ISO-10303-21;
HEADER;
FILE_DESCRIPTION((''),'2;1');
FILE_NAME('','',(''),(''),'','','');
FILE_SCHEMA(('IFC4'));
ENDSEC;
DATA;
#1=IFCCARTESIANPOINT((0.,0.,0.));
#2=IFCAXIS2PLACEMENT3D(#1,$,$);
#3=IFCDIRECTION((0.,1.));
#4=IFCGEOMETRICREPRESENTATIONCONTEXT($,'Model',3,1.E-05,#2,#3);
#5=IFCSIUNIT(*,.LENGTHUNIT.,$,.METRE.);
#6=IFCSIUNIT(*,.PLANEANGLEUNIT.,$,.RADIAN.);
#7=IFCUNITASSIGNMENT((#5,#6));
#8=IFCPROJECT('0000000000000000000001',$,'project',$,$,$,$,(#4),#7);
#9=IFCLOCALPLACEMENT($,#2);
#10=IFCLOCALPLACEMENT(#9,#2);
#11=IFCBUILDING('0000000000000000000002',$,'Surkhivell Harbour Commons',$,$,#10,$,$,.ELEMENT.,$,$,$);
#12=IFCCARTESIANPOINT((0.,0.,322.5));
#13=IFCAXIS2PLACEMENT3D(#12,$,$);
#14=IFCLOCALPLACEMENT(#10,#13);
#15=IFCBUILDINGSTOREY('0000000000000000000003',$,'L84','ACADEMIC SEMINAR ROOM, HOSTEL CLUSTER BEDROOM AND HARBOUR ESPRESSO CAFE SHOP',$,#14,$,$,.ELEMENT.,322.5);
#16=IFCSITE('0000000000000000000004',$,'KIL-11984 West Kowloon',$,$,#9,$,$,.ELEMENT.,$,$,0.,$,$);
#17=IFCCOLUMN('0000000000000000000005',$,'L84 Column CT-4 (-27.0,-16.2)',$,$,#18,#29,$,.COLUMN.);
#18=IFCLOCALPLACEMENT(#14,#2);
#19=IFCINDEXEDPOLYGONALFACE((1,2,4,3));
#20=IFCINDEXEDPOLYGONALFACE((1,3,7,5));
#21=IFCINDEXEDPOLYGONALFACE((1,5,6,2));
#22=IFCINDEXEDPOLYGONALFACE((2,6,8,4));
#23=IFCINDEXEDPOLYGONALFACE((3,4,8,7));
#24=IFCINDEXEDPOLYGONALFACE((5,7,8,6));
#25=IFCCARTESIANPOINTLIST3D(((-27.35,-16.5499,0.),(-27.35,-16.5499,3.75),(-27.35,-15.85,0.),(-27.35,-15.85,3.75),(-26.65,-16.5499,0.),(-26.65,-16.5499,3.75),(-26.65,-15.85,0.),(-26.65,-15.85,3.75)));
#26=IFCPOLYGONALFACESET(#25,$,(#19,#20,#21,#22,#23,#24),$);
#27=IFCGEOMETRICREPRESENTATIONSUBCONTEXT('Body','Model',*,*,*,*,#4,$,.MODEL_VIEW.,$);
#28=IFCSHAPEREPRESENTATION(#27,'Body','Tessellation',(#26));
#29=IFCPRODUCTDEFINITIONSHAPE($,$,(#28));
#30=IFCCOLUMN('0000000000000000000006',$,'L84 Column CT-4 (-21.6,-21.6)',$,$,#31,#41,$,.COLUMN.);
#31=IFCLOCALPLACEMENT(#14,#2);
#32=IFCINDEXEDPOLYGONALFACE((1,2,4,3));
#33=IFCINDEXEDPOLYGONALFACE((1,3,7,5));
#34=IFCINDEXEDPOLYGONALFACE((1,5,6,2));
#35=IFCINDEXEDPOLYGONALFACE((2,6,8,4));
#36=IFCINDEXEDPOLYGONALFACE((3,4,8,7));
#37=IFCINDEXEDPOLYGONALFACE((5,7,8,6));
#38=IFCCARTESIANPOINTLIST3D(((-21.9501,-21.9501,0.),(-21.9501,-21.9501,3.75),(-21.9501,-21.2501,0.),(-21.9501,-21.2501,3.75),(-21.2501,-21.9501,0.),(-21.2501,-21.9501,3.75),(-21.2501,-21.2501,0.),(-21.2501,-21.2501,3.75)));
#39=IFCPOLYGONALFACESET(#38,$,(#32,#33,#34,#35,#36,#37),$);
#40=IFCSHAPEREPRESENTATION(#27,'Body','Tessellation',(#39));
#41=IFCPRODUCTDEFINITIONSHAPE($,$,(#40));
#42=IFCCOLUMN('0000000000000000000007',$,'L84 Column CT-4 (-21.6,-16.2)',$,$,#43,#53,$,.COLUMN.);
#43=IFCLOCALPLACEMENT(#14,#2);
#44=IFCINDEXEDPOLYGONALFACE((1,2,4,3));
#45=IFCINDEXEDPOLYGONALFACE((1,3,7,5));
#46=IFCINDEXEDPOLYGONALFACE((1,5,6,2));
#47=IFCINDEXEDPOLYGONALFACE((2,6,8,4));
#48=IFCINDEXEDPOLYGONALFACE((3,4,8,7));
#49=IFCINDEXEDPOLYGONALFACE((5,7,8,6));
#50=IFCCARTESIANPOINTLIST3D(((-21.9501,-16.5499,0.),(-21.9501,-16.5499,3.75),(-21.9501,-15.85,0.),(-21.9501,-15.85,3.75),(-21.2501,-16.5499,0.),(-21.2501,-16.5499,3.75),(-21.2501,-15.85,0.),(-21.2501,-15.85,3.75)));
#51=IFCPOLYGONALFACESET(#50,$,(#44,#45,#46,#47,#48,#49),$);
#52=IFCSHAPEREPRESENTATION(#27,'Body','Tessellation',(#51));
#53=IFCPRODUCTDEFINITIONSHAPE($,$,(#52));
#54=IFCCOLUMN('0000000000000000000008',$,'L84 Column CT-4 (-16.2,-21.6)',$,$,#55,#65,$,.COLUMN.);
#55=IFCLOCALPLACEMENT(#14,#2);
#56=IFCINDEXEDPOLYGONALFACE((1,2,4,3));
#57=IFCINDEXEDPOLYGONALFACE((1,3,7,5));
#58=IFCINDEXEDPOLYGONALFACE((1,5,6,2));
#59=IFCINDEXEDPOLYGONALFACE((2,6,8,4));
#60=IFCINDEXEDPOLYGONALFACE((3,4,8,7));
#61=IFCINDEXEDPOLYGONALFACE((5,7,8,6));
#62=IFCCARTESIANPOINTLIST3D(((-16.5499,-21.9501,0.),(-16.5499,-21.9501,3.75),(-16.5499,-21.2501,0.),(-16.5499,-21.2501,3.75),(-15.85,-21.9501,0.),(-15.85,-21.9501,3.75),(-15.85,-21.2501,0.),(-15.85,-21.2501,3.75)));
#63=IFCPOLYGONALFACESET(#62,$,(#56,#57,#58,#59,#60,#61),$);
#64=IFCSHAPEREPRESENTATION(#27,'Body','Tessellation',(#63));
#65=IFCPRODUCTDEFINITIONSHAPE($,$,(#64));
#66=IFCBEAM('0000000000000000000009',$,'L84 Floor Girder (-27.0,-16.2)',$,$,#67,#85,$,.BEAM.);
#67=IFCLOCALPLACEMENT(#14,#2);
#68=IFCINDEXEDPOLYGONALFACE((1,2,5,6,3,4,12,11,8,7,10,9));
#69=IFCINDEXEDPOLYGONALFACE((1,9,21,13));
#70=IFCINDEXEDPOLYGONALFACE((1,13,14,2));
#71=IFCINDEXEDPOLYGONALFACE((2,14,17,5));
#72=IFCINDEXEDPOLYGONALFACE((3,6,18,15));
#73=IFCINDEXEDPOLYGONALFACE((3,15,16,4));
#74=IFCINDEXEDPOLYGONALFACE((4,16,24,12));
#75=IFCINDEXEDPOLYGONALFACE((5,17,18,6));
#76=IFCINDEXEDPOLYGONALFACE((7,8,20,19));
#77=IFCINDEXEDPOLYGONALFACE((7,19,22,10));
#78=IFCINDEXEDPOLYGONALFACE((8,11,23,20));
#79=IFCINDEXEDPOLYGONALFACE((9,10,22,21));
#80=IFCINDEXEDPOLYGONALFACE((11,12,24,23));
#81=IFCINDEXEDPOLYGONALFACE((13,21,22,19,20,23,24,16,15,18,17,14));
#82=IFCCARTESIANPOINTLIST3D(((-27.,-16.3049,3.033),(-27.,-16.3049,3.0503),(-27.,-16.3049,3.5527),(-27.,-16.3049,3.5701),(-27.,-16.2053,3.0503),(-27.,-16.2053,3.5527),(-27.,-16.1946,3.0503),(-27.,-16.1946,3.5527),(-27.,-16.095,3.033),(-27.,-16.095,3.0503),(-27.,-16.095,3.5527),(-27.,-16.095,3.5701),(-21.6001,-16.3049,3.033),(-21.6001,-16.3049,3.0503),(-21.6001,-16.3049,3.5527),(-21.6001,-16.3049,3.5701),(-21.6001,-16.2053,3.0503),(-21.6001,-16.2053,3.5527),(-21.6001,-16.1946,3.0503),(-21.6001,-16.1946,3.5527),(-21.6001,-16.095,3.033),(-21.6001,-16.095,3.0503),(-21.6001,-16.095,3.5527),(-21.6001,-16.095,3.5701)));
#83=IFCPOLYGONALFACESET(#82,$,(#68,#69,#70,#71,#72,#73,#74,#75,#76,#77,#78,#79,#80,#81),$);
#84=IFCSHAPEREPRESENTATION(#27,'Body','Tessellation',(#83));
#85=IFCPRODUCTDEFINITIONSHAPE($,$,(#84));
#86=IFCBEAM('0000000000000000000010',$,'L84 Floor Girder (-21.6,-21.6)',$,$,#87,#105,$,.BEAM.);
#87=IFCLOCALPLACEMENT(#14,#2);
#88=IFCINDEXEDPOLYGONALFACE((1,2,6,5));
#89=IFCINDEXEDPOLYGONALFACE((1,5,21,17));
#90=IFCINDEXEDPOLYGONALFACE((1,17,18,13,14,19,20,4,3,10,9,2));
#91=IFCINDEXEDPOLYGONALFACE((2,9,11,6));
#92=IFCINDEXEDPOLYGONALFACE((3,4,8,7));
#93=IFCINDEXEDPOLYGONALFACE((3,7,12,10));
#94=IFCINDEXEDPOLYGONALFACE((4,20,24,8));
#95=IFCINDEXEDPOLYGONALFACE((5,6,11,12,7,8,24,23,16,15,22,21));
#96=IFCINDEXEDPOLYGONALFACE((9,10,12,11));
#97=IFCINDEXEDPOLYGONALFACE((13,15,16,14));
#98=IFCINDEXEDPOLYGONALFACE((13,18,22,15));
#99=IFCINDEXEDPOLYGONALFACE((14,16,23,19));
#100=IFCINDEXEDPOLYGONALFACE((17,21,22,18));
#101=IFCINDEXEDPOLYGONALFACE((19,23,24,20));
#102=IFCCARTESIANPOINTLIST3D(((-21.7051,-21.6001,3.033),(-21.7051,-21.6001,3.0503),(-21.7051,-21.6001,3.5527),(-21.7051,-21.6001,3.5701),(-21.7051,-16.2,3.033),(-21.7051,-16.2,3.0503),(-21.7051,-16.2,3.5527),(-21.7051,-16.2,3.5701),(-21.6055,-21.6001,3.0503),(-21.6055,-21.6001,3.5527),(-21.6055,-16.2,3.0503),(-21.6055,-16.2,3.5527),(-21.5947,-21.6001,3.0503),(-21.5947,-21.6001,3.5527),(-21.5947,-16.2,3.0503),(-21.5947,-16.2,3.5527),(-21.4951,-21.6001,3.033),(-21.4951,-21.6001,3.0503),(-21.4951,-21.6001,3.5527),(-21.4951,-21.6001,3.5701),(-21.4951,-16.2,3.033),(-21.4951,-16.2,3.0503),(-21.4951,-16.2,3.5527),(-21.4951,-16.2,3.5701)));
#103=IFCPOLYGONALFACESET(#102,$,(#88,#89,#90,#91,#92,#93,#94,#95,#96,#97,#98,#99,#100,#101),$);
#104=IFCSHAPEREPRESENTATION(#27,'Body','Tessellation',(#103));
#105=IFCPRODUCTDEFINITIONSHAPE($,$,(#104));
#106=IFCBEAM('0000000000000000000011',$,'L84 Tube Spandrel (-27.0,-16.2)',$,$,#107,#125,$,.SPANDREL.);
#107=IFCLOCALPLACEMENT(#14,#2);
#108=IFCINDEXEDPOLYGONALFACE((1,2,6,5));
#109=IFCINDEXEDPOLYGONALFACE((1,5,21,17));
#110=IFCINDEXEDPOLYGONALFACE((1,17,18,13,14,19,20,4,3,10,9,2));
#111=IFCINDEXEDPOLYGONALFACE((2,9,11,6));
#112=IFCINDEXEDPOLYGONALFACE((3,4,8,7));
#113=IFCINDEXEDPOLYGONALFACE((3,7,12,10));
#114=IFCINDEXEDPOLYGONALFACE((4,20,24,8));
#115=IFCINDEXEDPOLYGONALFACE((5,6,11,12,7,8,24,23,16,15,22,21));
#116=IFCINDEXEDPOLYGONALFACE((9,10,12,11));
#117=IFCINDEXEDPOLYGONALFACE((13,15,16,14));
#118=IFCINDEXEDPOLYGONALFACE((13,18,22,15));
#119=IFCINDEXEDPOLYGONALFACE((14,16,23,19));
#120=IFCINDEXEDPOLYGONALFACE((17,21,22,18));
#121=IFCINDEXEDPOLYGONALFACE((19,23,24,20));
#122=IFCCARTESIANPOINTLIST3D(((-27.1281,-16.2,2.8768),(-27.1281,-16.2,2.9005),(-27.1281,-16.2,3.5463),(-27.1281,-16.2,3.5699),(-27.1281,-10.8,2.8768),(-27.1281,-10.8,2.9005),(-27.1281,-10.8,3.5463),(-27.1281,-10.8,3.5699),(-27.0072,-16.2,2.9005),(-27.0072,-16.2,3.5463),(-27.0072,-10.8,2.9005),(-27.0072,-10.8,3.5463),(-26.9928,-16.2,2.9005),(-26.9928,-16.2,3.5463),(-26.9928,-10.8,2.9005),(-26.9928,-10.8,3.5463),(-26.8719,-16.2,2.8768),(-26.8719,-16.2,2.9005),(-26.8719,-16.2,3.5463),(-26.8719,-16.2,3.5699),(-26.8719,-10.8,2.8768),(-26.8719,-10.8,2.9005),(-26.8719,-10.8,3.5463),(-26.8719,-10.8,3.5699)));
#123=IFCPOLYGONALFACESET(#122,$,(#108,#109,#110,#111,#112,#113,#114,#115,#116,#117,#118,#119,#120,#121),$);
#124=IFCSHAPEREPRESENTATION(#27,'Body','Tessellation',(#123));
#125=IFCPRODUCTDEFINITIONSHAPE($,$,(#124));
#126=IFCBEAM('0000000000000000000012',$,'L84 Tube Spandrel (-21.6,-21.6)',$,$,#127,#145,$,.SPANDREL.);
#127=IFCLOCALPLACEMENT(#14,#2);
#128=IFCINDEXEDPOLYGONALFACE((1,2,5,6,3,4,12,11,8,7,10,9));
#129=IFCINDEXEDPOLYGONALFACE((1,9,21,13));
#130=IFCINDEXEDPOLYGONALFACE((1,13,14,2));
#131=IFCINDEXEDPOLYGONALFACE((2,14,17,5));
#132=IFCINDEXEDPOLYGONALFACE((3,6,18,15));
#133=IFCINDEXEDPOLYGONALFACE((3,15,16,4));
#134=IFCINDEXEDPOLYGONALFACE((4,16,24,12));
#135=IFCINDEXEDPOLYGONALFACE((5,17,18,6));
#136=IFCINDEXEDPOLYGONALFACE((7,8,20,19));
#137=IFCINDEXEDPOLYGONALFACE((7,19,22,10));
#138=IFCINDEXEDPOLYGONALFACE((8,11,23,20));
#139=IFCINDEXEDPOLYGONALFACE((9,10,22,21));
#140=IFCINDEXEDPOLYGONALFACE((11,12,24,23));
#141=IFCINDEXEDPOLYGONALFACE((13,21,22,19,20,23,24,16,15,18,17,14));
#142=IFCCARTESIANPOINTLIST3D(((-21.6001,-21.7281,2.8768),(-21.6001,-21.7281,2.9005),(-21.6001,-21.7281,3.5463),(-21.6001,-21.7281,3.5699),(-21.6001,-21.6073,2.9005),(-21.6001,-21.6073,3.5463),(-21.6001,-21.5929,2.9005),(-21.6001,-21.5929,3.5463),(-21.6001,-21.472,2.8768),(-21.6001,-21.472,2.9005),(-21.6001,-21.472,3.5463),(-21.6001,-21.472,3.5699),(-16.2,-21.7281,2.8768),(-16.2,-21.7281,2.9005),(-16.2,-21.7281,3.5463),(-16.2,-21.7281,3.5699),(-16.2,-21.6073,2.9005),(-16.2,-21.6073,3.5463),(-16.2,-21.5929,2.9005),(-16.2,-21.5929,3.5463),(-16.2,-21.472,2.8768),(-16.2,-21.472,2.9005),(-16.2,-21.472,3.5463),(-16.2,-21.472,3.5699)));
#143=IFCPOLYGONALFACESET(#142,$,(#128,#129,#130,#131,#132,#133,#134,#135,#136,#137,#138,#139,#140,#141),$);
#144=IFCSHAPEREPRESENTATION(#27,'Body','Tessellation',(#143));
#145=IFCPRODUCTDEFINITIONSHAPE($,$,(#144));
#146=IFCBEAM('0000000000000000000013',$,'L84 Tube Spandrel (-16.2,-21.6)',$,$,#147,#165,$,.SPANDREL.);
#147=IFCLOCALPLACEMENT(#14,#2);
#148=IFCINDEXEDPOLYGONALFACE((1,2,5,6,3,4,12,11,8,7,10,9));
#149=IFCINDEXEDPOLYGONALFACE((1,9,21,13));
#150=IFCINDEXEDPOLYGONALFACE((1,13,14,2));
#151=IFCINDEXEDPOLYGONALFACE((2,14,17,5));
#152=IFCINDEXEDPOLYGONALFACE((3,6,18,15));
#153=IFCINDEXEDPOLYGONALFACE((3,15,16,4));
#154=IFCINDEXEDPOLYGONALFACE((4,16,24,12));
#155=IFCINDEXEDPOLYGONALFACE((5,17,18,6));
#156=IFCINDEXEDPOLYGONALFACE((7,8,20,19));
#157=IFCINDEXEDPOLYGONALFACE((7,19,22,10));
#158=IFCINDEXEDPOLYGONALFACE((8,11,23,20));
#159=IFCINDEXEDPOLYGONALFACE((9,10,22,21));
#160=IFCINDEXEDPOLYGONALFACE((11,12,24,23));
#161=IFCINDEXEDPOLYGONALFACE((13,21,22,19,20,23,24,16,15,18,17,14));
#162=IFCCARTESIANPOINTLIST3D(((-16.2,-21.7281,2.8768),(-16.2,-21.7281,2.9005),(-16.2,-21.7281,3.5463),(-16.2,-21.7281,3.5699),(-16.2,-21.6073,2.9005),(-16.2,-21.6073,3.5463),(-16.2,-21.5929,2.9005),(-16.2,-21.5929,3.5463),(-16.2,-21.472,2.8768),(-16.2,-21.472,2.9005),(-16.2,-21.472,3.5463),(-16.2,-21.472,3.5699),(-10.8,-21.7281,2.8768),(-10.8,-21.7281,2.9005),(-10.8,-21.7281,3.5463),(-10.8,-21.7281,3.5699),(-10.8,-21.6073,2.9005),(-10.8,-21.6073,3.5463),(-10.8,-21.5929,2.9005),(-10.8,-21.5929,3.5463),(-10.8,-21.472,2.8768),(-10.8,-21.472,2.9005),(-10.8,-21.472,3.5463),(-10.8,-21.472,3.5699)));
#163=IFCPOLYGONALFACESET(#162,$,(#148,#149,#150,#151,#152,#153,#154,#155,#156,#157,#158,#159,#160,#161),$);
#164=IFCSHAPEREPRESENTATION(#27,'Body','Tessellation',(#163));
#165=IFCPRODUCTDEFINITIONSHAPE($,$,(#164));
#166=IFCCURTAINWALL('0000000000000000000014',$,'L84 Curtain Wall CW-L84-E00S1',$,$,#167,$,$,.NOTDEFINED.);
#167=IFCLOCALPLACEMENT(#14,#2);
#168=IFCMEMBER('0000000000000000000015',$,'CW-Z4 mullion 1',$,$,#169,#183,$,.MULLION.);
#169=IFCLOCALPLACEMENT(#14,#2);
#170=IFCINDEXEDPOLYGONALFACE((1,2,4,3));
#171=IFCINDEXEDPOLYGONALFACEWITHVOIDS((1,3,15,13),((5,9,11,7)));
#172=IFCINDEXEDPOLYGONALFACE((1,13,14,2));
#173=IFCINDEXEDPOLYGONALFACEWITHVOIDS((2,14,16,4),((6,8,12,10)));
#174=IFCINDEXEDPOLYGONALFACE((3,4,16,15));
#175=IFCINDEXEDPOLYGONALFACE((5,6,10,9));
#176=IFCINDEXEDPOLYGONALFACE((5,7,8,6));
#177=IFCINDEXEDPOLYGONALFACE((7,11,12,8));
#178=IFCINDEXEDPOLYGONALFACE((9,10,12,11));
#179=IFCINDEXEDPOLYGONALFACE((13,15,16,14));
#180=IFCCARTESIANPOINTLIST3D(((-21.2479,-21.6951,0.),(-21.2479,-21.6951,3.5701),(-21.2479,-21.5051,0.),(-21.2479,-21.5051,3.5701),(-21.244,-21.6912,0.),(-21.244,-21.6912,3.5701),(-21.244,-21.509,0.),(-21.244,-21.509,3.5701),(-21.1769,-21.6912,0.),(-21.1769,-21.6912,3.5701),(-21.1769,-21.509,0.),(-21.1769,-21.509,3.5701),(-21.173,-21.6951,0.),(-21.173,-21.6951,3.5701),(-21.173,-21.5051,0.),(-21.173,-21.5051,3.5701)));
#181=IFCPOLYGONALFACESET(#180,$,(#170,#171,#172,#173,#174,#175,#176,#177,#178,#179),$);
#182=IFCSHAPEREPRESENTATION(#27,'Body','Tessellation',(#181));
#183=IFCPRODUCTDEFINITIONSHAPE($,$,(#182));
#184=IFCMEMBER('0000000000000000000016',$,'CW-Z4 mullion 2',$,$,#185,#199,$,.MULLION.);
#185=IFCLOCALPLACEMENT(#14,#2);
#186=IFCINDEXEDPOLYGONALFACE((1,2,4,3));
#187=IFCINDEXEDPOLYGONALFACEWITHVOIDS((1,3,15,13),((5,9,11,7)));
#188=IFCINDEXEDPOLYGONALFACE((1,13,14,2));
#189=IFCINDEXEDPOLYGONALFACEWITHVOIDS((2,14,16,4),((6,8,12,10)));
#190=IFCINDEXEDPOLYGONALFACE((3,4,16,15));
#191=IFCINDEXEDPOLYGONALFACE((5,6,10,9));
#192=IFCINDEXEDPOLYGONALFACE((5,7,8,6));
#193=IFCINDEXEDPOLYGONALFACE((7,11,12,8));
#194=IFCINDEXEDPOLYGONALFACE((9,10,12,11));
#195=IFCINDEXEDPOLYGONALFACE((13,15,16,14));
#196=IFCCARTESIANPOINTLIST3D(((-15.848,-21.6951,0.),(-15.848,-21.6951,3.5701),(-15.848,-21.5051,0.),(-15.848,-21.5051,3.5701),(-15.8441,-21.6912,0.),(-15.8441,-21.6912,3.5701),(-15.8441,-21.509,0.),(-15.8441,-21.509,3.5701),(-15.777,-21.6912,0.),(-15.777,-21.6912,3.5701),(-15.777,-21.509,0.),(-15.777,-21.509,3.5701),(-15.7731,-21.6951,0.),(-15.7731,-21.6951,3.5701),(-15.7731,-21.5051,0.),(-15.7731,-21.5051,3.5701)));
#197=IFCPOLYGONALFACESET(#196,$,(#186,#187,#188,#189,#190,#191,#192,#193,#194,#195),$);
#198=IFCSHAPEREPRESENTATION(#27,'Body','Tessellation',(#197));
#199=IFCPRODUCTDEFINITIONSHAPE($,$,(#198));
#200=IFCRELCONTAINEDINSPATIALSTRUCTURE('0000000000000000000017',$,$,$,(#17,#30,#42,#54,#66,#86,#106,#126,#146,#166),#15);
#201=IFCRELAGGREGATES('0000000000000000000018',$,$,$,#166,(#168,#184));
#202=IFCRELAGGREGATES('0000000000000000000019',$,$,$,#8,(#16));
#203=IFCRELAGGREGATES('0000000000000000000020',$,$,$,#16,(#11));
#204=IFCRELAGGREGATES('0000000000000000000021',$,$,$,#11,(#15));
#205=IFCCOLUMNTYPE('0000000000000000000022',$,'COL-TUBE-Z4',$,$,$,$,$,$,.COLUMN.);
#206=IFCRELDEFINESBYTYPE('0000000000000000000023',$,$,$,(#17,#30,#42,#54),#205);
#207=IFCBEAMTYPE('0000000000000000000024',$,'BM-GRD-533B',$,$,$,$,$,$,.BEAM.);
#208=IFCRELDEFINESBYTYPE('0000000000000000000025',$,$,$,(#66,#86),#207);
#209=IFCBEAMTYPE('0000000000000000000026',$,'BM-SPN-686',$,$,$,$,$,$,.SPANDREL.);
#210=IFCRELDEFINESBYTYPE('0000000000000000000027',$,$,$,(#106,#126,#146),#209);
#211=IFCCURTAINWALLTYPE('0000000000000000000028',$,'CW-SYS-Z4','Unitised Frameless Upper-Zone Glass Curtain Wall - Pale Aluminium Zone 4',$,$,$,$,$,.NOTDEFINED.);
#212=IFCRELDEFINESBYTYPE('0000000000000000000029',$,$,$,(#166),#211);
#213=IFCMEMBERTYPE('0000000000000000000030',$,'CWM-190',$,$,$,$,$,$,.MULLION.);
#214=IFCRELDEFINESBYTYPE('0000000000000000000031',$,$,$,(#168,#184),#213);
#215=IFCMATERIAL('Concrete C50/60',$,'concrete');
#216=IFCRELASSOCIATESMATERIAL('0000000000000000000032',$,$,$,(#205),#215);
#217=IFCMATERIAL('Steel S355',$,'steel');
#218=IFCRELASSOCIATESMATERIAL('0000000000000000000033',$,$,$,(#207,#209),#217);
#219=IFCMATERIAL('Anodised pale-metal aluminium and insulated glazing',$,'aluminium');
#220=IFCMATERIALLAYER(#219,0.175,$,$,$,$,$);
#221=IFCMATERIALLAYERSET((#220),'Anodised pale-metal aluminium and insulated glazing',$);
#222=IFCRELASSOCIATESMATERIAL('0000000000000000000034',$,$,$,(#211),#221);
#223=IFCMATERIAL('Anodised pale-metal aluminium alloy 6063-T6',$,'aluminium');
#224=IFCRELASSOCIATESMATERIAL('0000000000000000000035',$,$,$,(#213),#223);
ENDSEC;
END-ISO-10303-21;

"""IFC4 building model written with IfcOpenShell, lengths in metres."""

from ifc_helpers import new_model, si_unit, direction, frame, origin, origin_2d, place, context, subcontext, project, spatial, rectangle, hollow_rectangle, i_section, extrude, material, layer, layer_set, material_profile, profile_set, type_object, element, aggregate, save


model = new_model("IFC4")

# Units and contexts
model_context = context("Model", 3, precision=1e-05, world=origin(), true_north=direction((0.0, 1.0)))
body_context = subcontext(model_context, "Body", "Model", "MODEL_VIEW")
ifc_project = project(units=[si_unit("LENGTHUNIT", "METRE"), si_unit("PLANEANGLEUNIT", "RADIAN")], contexts=[model_context])

# Site, building, storey
site_placement = place(None, origin())
site = spatial("IfcSite", under=ifc_project, at=site_placement, Name="KIL-11984 West Kowloon", CompositionType="ELEMENT", RefElevation=0.0)
building_placement = place(site_placement, origin())
building = spatial("IfcBuilding", under=site, at=building_placement, Name="Surkhivell Harbour Commons", CompositionType="ELEMENT")
storey_placement = place(building_placement, frame((0.0, 0.0, 322.5)))
storey = spatial("IfcBuildingStorey", under=building, at=storey_placement, Name="L84", Description="ACADEMIC SEMINAR ROOM, HOSTEL CLUSTER BEDROOM AND HARBOUR ESPRESSO CAFE SHOP", CompositionType="ELEMENT", Elevation=322.5)

# Columns
ifc_material_1 = material(Name="Concrete C50/60", Category="concrete")
ifc_material_profile_1 = material_profile(ifc_material_1, rectangle(XDim=0.7, YDim=0.7, at=origin_2d()), Name="RC-COL-700x700")
ifc_profile_set_1 = profile_set([ifc_material_profile_1], Name="Concrete C50/60")
column_type = type_object("IfcColumnType", Name="COL-TUBE-Z4", PredefinedType="COLUMN", material=ifc_profile_set_1)
for number, where, z_axis, x_axis, name in (
    (1, (-27.0, -16.2, 0.0), (0.0, 0.0, 1.0), (1.0, 0.0, 0.0), "L84 Column CT-4 (-27.0,-16.2)"),
    (2, (-21.6001, -21.6001, 0.0), (0.0, 0.0, 1.0), (1.0, 0.0, 0.0), "L84 Column CT-4 (-21.6,-21.6)"),
    (3, (-21.6001, -16.2, 0.0), (0.0, 0.0, 1.0), (1.0, 0.0, 0.0), "L84 Column CT-4 (-21.6,-16.2)"),
    (4, (-16.2, -21.6001, 0.0), (0.0, 0.0, 1.0), (1.0, 0.0, 0.0), "L84 Column CT-4 (-16.2,-21.6)"),
):
    element("IfcColumn", number, at=place(storey_placement, frame(where, z_axis=z_axis, x_axis=x_axis)), inside=storey, type_object=column_type, Name=name, PredefinedType="COLUMN", context=body_context, shape_type="SweptSolid", body=[
        extrude(rectangle(XDim=0.7, YDim=0.7, at=origin_2d()), origin(), (0.0, 0.0, 1.0), 3.75),
    ])

# Beams
ifc_material_2 = material(Name="Steel S355", Category="steel")
ifc_material_profile_2 = material_profile(ifc_material_2, i_section(OverallWidth=0.21, OverallDepth=0.5371, WebThickness=0.0107, FlangeThickness=0.0173, at=origin_2d()), Name="UB533x210x101")
ifc_profile_set_2 = profile_set([ifc_material_profile_2], Name="Steel S355")
beam_type_1 = type_object("IfcBeamType", Name="BM-GRD-533B", PredefinedType="BEAM", material=ifc_profile_set_2)
beam_1_placement = place(storey_placement, frame((-27.0, -16.2, 3.3015), z_axis=(1.0, 0.0, 0.0), x_axis=(0.0, 1.0, 0.0)))
element("IfcBeam", 5, at=beam_1_placement, inside=storey, type_object=beam_type_1, Name="L84 Floor Girder (-27.0,-16.2)", PredefinedType="BEAM", context=body_context, shape_type="SweptSolid", body=[
    extrude(i_section(OverallWidth=0.21, OverallDepth=0.5371, WebThickness=0.0107, FlangeThickness=0.0173, at=origin_2d()), origin(), (0.0, 0.0, 1.0), 5.3999),
])
beam_2_placement = place(storey_placement, frame((-21.6001, -21.6001, 3.3015), z_axis=(0.0, 1.0, 0.0), x_axis=(-1.0, 0.0, 0.0)))
element("IfcBeam", 6, at=beam_2_placement, inside=storey, type_object=beam_type_1, Name="L84 Floor Girder (-21.6,-21.6)", PredefinedType="BEAM", context=body_context, shape_type="SweptSolid", body=[
    extrude(i_section(OverallWidth=0.21, OverallDepth=0.5371, WebThickness=0.0107, FlangeThickness=0.0173, at=origin_2d()), origin(), (0.0, 0.0, 1.0), 5.4001),
])
ifc_material_profile_3 = material_profile(ifc_material_2, i_section(OverallWidth=0.2561, OverallDepth=0.6931, WebThickness=0.0144, FlangeThickness=0.0237, at=origin_2d()), Name="UB686x254x170")
ifc_profile_set_3 = profile_set([ifc_material_profile_3], Name="Steel S355")
beam_type_2 = type_object("IfcBeamType", Name="BM-SPN-686", PredefinedType="SPANDREL", material=ifc_profile_set_3)
beam_3_placement = place(storey_placement, frame((-27.0, -16.2, 3.2234), z_axis=(0.0, 1.0, 0.0), x_axis=(-1.0, 0.0, 0.0)))
element("IfcBeam", 7, at=beam_3_placement, inside=storey, type_object=beam_type_2, Name="L84 Tube Spandrel (-27.0,-16.2)", PredefinedType="SPANDREL", context=body_context, shape_type="SweptSolid", body=[
    extrude(i_section(OverallWidth=0.2561, OverallDepth=0.6931, WebThickness=0.0144, FlangeThickness=0.0237, at=origin_2d()), origin(), (0.0, 0.0, 1.0), 5.3999),
])
beam_4_placement = place(storey_placement, frame((-21.6001, -21.6001, 3.2234), z_axis=(1.0, 0.0, 0.0), x_axis=(0.0, 1.0, 0.0)))
element("IfcBeam", 8, at=beam_4_placement, inside=storey, type_object=beam_type_2, Name="L84 Tube Spandrel (-21.6,-21.6)", PredefinedType="SPANDREL", context=body_context, shape_type="SweptSolid", body=[
    extrude(i_section(OverallWidth=0.2561, OverallDepth=0.6931, WebThickness=0.0144, FlangeThickness=0.0237, at=origin_2d()), origin(), (0.0, 0.0, 1.0), 5.4001),
])
beam_5_placement = place(storey_placement, frame((-16.2, -21.6001, 3.2234), z_axis=(1.0, 0.0, 0.0), x_axis=(0.0, 1.0, 0.0)))
element("IfcBeam", 9, at=beam_5_placement, inside=storey, type_object=beam_type_2, Name="L84 Tube Spandrel (-16.2,-21.6)", PredefinedType="SPANDREL", context=body_context, shape_type="SweptSolid", body=[
    extrude(i_section(OverallWidth=0.2561, OverallDepth=0.6931, WebThickness=0.0144, FlangeThickness=0.0237, at=origin_2d()), origin(), (0.0, 0.0, 1.0), 5.3999),
])

# Curtain wall, members
ifc_material_3 = material(Name="Anodised pale-metal aluminium and insulated glazing", Category="aluminium")
ifc_layer_1 = layer(ifc_material_3, 0.175)
ifc_layer_set_1 = layer_set([ifc_layer_1], Name="Anodised pale-metal aluminium and insulated glazing")
curtain_wall_type = type_object("IfcCurtainWallType", Name="CW-SYS-Z4", Description="Unitised Frameless Upper-Zone Glass Curtain Wall - Pale Aluminium Zone 4", PredefinedType="NOTDEFINED", material=ifc_layer_set_1)
curtain_wall_placement = place(storey_placement, origin())
curtain_wall = element("IfcCurtainWall", 10, at=curtain_wall_placement, inside=storey, type_object=curtain_wall_type, Name="L84 Curtain Wall CW-L84-E00S1", PredefinedType="NOTDEFINED")
ifc_material_4 = material(Name="Anodised pale-metal aluminium alloy 6063-T6", Category="aluminium")
ifc_material_profile_4 = material_profile(ifc_material_4, hollow_rectangle(XDim=0.075, YDim=0.1899, WallThickness=0.0039, at=origin_2d()), Name="ALU-MULL-75x190")
ifc_profile_set_4 = profile_set([ifc_material_profile_4], Name="Anodised pale-metal aluminium alloy 6063-T6")
member_type_1 = type_object("IfcMemberType", Name="CWM-190", PredefinedType="MULLION", material=ifc_profile_set_4)
member_1_placement = place(storey_placement, frame((-21.2104, -21.6001, 0.0), z_axis=(0.0, 0.0, 1.0), x_axis=(1.0, 0.0, 0.0)))
member_1 = element("IfcMember", 11, at=member_1_placement, type_object=member_type_1, Name="CW-Z4 mullion 1", PredefinedType="MULLION", context=body_context, shape_type="SweptSolid", body=[
    extrude(hollow_rectangle(XDim=0.075, YDim=0.1899, WallThickness=0.0039, at=origin_2d()), origin(), (0.0, 0.0, 1.0), 3.5701),
])
member_2_placement = place(storey_placement, frame((-15.8105, -21.6001, 0.0), z_axis=(0.0, 0.0, 1.0), x_axis=(1.0, 0.0, 0.0)))
member_2 = element("IfcMember", 12, at=member_2_placement, type_object=member_type_1, Name="CW-Z4 mullion 2", PredefinedType="MULLION", context=body_context, shape_type="SweptSolid", body=[
    extrude(hollow_rectangle(XDim=0.075, YDim=0.1899, WallThickness=0.0039, at=origin_2d()), origin(), (0.0, 0.0, 1.0), 3.5701),
])

aggregate(curtain_wall, [member_1, member_2])

save(model, "model.ifc")
